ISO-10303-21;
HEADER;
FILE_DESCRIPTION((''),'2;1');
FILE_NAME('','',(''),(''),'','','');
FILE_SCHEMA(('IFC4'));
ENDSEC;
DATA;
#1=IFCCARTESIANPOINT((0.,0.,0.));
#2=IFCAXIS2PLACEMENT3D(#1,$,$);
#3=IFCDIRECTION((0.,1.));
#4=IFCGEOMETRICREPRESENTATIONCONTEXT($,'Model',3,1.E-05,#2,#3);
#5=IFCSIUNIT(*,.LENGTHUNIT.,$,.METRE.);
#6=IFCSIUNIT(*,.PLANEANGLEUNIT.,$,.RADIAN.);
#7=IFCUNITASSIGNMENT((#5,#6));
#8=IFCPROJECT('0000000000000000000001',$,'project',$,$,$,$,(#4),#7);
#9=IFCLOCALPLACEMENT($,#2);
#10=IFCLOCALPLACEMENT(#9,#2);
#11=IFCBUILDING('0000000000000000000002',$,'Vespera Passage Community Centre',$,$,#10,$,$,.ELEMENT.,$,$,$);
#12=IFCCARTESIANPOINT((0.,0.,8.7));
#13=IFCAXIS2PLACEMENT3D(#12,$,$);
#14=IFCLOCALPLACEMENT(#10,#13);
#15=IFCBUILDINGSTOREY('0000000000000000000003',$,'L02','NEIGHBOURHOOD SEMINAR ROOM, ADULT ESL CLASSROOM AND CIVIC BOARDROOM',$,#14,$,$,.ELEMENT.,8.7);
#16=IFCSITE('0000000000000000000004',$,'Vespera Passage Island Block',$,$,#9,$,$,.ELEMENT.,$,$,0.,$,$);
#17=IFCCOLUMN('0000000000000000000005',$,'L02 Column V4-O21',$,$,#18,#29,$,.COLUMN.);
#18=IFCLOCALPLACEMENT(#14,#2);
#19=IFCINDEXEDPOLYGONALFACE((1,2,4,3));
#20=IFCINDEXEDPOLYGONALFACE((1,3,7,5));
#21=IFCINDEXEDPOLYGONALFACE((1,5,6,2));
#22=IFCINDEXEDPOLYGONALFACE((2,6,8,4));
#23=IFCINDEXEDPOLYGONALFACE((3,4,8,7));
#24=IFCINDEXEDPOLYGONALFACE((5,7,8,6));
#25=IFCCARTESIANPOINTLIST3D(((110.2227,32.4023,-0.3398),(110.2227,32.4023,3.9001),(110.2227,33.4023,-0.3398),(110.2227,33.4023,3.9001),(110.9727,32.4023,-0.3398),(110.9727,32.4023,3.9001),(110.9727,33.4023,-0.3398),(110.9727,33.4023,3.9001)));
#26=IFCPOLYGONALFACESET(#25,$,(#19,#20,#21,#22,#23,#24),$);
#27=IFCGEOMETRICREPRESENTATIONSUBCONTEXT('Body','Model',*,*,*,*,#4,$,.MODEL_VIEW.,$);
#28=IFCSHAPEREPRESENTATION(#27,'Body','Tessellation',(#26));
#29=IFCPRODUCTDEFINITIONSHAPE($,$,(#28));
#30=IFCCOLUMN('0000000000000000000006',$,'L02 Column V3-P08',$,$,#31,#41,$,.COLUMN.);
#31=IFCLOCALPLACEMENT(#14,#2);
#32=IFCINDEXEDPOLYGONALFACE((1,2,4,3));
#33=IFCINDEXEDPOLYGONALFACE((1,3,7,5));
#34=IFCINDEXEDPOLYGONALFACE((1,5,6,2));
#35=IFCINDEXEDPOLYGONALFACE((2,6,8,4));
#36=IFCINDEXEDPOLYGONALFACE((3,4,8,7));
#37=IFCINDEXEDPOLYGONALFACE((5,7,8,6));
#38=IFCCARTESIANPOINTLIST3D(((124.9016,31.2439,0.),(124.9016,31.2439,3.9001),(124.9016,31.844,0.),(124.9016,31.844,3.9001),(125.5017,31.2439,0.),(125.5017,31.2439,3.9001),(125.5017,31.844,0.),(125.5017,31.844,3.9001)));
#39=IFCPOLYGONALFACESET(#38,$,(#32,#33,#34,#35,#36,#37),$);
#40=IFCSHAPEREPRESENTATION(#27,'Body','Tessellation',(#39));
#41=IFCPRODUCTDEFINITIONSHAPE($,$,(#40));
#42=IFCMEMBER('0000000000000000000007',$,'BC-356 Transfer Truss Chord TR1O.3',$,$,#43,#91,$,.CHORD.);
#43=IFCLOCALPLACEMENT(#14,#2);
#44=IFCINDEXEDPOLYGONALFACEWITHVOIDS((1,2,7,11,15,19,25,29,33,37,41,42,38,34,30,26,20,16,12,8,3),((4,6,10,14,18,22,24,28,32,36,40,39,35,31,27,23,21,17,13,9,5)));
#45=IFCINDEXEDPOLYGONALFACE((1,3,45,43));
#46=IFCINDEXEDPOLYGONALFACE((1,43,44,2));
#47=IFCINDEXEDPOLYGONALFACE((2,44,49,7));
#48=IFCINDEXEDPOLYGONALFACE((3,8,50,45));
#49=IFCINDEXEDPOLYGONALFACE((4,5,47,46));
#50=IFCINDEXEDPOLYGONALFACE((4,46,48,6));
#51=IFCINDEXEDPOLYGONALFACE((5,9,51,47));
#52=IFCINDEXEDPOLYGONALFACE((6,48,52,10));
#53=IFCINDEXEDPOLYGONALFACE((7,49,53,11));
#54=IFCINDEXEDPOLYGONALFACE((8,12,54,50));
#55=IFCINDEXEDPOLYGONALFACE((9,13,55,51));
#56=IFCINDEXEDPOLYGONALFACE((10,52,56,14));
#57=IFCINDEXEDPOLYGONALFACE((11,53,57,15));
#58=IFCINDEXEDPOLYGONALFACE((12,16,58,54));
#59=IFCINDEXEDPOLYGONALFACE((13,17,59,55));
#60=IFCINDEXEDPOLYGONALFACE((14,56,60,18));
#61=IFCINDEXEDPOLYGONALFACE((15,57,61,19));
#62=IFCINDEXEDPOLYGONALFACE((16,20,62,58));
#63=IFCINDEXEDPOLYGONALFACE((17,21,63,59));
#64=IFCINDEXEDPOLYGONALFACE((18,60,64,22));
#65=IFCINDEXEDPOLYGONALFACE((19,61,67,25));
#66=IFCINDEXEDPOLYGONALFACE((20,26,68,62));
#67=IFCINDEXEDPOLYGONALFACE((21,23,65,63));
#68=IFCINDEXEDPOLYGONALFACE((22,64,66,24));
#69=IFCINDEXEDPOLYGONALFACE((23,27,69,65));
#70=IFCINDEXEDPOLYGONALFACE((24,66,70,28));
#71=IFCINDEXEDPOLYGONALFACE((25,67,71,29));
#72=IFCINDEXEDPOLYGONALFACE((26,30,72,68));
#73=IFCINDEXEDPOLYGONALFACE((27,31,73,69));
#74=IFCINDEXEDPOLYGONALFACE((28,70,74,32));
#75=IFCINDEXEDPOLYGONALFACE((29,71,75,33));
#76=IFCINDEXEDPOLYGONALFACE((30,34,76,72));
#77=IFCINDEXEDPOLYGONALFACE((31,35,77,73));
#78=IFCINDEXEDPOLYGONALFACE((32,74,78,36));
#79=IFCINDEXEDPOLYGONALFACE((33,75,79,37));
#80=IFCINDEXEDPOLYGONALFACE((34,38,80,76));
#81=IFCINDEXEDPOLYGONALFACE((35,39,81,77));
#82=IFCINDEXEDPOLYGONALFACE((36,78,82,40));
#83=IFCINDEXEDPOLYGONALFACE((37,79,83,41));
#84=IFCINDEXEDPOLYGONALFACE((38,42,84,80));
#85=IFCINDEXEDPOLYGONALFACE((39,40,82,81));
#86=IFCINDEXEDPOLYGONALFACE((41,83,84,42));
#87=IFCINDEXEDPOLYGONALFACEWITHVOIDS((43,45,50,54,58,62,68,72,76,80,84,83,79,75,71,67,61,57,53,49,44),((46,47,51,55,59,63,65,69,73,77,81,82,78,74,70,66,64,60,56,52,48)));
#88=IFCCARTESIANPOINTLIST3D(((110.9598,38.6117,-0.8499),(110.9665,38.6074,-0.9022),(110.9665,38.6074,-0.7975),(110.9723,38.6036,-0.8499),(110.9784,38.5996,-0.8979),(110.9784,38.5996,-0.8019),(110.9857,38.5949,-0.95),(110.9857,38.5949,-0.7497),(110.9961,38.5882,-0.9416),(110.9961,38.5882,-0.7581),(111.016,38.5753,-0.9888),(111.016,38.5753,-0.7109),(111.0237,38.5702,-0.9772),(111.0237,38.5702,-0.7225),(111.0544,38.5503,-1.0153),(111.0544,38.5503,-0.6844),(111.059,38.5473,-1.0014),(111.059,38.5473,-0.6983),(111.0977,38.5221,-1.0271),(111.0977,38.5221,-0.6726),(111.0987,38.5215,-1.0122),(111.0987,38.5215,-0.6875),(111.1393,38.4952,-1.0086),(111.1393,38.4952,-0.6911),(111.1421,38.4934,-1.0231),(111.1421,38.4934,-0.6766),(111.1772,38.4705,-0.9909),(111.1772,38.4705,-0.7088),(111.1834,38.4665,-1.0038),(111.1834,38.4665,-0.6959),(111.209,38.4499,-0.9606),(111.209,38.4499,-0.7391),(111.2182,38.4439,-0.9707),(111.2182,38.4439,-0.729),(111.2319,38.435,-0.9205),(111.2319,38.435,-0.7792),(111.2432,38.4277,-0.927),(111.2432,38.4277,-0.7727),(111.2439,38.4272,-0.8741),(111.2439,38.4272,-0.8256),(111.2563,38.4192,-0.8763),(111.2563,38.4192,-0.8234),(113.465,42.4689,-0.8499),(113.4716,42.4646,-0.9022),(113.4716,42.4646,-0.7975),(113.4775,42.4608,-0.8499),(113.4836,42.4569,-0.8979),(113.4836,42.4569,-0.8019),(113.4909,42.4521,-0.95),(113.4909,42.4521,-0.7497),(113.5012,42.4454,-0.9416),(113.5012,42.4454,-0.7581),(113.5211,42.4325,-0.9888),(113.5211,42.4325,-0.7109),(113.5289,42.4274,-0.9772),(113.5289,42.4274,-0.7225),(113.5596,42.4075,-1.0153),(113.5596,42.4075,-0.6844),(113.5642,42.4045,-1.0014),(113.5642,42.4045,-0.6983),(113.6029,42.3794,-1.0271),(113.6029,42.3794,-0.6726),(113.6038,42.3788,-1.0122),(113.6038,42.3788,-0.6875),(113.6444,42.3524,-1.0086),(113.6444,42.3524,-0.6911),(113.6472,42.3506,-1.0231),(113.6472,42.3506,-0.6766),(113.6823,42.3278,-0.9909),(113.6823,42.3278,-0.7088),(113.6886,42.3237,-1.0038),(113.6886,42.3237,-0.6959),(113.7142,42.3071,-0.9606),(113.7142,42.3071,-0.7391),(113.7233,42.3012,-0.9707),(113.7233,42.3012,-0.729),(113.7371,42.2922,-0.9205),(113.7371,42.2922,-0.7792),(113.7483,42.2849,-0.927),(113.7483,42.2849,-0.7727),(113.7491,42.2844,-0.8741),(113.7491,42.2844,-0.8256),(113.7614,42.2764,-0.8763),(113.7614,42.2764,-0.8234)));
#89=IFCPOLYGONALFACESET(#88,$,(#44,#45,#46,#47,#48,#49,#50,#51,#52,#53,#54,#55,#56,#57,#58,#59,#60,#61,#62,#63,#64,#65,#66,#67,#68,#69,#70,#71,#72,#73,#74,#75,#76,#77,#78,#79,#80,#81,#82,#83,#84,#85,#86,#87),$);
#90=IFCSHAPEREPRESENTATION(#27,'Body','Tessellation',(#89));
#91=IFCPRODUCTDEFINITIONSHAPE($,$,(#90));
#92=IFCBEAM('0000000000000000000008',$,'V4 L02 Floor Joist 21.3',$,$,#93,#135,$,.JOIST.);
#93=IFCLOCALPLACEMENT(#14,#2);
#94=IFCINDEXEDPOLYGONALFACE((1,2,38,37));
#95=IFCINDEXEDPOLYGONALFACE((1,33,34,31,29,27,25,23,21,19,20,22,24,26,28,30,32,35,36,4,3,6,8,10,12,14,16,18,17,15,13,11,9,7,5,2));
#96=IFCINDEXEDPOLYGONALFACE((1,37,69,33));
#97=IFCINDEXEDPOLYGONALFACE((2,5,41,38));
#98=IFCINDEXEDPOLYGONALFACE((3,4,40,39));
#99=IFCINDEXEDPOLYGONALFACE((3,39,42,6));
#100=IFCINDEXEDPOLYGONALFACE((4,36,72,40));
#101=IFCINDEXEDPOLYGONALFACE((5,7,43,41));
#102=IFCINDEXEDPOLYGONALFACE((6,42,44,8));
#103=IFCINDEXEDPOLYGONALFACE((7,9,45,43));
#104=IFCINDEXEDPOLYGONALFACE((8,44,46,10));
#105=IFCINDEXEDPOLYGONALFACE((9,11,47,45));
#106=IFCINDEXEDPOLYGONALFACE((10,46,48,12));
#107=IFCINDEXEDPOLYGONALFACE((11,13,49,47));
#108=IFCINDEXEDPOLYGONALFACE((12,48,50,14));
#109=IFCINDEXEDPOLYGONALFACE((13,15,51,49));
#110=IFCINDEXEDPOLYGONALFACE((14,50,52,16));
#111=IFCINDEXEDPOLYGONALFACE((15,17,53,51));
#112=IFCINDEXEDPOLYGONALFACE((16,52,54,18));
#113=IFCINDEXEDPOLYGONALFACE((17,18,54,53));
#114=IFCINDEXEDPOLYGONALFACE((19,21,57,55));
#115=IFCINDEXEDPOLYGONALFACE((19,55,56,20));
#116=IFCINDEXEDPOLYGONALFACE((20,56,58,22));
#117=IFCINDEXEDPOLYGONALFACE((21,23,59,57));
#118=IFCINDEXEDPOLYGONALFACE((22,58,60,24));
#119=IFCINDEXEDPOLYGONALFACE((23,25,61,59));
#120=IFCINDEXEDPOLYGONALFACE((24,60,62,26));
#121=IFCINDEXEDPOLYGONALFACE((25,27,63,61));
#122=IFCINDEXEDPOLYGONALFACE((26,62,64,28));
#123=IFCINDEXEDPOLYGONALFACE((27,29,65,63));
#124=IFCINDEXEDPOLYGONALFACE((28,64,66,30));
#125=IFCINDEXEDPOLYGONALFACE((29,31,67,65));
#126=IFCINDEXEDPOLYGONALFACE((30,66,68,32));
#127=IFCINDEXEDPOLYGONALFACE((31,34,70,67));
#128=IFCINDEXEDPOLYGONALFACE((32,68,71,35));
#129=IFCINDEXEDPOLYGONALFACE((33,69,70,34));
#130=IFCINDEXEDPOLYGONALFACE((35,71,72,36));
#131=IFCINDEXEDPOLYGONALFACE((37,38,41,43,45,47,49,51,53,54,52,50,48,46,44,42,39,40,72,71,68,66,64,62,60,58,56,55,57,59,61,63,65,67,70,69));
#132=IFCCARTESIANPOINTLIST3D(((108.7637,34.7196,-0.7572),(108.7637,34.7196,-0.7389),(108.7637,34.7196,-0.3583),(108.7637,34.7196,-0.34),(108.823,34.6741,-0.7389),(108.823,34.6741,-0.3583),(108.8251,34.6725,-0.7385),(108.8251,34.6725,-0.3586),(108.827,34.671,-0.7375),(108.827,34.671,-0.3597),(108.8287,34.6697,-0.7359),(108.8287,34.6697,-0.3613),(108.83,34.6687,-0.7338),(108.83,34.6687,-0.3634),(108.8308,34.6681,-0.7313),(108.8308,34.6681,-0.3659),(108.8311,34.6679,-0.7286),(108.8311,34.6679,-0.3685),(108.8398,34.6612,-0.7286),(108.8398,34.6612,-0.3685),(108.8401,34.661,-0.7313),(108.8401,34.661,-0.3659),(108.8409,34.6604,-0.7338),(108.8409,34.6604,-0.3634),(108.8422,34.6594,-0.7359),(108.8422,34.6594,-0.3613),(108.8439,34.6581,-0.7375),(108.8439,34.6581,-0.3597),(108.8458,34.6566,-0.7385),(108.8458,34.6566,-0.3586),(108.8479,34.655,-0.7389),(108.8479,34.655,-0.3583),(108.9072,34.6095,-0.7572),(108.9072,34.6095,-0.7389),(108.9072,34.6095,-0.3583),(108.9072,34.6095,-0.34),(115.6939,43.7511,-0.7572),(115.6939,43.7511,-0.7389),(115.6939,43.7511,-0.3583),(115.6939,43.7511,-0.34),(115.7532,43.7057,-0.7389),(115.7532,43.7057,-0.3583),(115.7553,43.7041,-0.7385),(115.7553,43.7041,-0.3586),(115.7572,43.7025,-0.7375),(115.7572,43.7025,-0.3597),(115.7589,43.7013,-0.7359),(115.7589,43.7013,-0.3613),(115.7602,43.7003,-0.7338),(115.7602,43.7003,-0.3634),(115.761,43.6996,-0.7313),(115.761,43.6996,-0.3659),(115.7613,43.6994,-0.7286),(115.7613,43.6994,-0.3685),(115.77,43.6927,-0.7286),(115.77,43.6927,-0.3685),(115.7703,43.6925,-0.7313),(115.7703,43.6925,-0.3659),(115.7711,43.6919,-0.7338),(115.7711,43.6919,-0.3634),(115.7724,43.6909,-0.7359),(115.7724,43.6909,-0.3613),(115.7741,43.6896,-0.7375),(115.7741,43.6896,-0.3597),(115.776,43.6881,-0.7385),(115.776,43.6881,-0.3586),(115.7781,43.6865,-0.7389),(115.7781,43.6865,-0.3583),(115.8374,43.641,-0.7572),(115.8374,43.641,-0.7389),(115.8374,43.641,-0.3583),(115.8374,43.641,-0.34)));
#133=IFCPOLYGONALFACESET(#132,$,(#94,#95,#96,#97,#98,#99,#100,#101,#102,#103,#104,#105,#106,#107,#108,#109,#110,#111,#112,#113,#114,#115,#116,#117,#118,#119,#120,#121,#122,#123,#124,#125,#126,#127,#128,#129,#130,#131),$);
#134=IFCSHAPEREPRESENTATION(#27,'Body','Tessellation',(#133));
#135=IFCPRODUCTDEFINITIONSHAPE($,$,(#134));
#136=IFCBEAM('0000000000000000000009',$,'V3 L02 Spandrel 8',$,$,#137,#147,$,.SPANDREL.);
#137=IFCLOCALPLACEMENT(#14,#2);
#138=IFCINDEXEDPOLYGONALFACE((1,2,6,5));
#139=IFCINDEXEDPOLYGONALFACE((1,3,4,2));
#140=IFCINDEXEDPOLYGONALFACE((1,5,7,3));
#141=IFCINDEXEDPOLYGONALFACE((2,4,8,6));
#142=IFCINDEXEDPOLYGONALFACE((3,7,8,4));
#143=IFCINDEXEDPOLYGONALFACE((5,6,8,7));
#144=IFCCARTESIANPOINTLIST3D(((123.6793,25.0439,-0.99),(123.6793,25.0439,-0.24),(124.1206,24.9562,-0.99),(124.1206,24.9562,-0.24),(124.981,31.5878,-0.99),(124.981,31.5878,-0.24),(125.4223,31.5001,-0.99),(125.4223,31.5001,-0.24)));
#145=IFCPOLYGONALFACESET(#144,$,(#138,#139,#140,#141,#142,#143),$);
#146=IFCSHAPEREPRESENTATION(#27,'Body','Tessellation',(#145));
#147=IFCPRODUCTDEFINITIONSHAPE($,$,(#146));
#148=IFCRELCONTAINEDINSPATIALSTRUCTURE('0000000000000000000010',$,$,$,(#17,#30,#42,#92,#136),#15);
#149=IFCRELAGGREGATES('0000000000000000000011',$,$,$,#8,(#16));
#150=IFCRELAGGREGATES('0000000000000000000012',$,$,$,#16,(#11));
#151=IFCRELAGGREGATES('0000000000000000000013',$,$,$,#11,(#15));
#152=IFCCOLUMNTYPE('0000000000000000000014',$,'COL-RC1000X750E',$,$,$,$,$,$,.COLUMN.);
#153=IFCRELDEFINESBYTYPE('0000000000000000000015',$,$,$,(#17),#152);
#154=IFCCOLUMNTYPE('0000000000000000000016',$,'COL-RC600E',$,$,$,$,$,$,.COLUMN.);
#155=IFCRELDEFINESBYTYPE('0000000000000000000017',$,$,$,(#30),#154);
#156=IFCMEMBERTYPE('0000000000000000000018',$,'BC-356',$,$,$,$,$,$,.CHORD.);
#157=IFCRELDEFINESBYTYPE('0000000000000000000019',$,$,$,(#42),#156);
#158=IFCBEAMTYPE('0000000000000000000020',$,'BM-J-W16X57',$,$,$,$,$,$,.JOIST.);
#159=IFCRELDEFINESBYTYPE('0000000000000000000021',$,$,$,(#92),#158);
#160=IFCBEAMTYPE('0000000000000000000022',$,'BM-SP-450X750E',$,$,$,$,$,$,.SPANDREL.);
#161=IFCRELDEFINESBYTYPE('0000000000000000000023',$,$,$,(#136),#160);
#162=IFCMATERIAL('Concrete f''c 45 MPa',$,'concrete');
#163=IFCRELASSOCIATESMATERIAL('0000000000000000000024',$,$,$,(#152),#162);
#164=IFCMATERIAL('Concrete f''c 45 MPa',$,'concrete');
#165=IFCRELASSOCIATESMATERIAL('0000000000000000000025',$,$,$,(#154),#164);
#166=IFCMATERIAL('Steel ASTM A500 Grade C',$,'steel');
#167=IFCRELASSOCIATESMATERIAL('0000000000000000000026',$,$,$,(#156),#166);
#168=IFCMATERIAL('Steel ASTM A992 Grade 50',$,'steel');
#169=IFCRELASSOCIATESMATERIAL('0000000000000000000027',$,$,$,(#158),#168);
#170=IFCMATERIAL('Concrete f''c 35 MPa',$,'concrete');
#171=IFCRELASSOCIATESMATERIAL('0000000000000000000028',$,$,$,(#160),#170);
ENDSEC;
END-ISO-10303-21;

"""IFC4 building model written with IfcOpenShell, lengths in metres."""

from ifc_helpers import new_model, si_unit, direction, frame, origin, origin_2d, place, context, subcontext, project, spatial, rectangle, hollow_circle, i_section, extrude, material, material_profile, profile_set, type_object, element, save


model = new_model("IFC4")

# Units and contexts
model_context = context("Model", 3, precision=1e-05, world=origin(), true_north=direction((0.0, 1.0)))
body_context = subcontext(model_context, "Body", "Model", "MODEL_VIEW")
ifc_project = project(units=[si_unit("LENGTHUNIT", "METRE"), si_unit("PLANEANGLEUNIT", "RADIAN")], contexts=[model_context])

# Site, building, storey
site_placement = place(None, origin())
site = spatial("IfcSite", under=ifc_project, at=site_placement, Name="Vespera Passage Island Block", CompositionType="ELEMENT", RefElevation=0.0)
building_placement = place(site_placement, origin())
building = spatial("IfcBuilding", under=site, at=building_placement, Name="Vespera Passage Community Centre", CompositionType="ELEMENT")
storey_placement = place(building_placement, frame((0.0, 0.0, 8.7)))
storey = spatial("IfcBuildingStorey", under=building, at=storey_placement, Name="L02", Description="NEIGHBOURHOOD SEMINAR ROOM, ADULT ESL CLASSROOM AND CIVIC BOARDROOM", CompositionType="ELEMENT", Elevation=8.7)

# Columns
ifc_material_1 = material(Name="Concrete f'c 45 MPa", Category="concrete")
ifc_material_profile_1 = material_profile(ifc_material_1, rectangle(XDim=0.75, YDim=1.0, at=origin_2d()), Name="RC1000X750")
ifc_profile_set_1 = profile_set([ifc_material_profile_1], Name="Concrete f'c 45 MPa")
column_type_1 = type_object("IfcColumnType", Name="COL-RC1000X750E", PredefinedType="COLUMN", material=ifc_profile_set_1)
column_1_placement = place(storey_placement, frame((110.5977, 32.9023, -0.3398), z_axis=(0.0, 0.0, 1.0), x_axis=(1.0, 0.0, 0.0)))
element("IfcColumn", 1, at=column_1_placement, inside=storey, type_object=column_type_1, Name="L02 Column V4-O21", PredefinedType="COLUMN", context=body_context, shape_type="SweptSolid", body=[
    extrude(rectangle(XDim=0.75, YDim=1.0, at=origin_2d()), origin(), (0.0, 0.0, 1.0), 4.24),
])
ifc_material_2 = material(Name="Concrete f'c 45 MPa", Category="concrete")
ifc_material_profile_2 = material_profile(ifc_material_2, rectangle(XDim=0.6001, YDim=0.6001, at=origin_2d()), Name="RC600X600")
ifc_profile_set_2 = profile_set([ifc_material_profile_2], Name="Concrete f'c 45 MPa")
column_type_2 = type_object("IfcColumnType", Name="COL-RC600E", PredefinedType="COLUMN", material=ifc_profile_set_2)
column_2_placement = place(storey_placement, frame((125.2017, 31.5439, 0.0), z_axis=(0.0, 0.0, 1.0), x_axis=(1.0, 0.0, 0.0)))
element("IfcColumn", 2, at=column_2_placement, inside=storey, type_object=column_type_2, Name="L02 Column V3-P08", PredefinedType="COLUMN", context=body_context, shape_type="SweptSolid", body=[
    extrude(rectangle(XDim=0.6001, YDim=0.6001, at=origin_2d()), origin(), (0.0, 0.0, 1.0), 3.9001),
])

# Member
ifc_material_3 = material(Name="Steel ASTM A500 Grade C", Category="steel")
ifc_material_profile_3 = material_profile(ifc_material_3, hollow_circle(Radius=0.1777, WallThickness=0.0149, at=origin_2d()), Name="CHS356X15.9")
ifc_profile_set_3 = profile_set([ifc_material_profile_3], Name="Steel ASTM A500 Grade C")
member_type_1 = type_object("IfcMemberType", Name="BC-356", PredefinedType="CHORD", material=ifc_profile_set_3)
member_1_placement = place(storey_placement, frame((111.1089, 38.5149, -0.8499), z_axis=(0.544677, 0.838646, 0.0), x_axis=(-0.838646, 0.544677, 0.0)))
element("IfcMember", 3, at=member_1_placement, inside=storey, type_object=member_type_1, Name="BC-356 Transfer Truss Chord TR1O.3", PredefinedType="CHORD", context=body_context, shape_type="SweptSolid", body=[
    extrude(hollow_circle(Radius=0.1777, WallThickness=0.0149, at=origin_2d()), origin(), (0.0, 0.0, 1.0), 4.5994),
])

# Beams
ifc_material_4 = material(Name="Steel ASTM A992 Grade 50", Category="steel")
ifc_material_profile_4 = material_profile(ifc_material_4, i_section(OverallWidth=0.1809, OverallDepth=0.4172, WebThickness=0.011, FlangeThickness=0.0183, FilletRadius=0.0103, at=origin_2d()), Name="W16X57")
ifc_profile_set_4 = profile_set([ifc_material_profile_4], Name="Steel ASTM A992 Grade 50")
beam_type_1 = type_object("IfcBeamType", Name="BM-J-W16X57", PredefinedType="JOIST", material=ifc_profile_set_4)
beam_1_placement = place(storey_placement, frame((108.8354, 34.6646, -0.5486), z_axis=(0.608765, 0.793351, 0.0), x_axis=(-0.793351, 0.608765, 0.0)))
element("IfcBeam", 4, at=beam_1_placement, inside=storey, type_object=beam_type_1, Name="V4 L02 Floor Joist 21.3", PredefinedType="JOIST", context=body_context, shape_type="SweptSolid", body=[
    extrude(i_section(OverallWidth=0.1809, OverallDepth=0.4172, WebThickness=0.011, FlangeThickness=0.0183, FilletRadius=0.0103, at=origin_2d()), origin(), (0.0, 0.0, 1.0), 11.384),
])
ifc_material_5 = material(Name="Concrete f'c 35 MPa", Category="concrete")
ifc_material_profile_5 = material_profile(ifc_material_5, rectangle(XDim=0.45, YDim=0.75, at=origin_2d()), Name="RC450X750")
ifc_profile_set_5 = profile_set([ifc_material_profile_5], Name="Concrete f'c 35 MPa")
beam_type_2 = type_object("IfcBeamType", Name="BM-SP-450X750E", PredefinedType="SPANDREL", material=ifc_profile_set_5)
beam_2_placement = place(storey_placement, frame((125.2017, 31.5439, -0.615), z_axis=(-0.195103, -0.980783, 0.0), x_axis=(0.980783, -0.195103, 0.0)))
element("IfcBeam", 5, at=beam_2_placement, inside=storey, type_object=beam_type_2, Name="V3 L02 Spandrel 8", PredefinedType="SPANDREL", context=body_context, shape_type="SweptSolid", body=[
    extrude(rectangle(XDim=0.45, YDim=0.75, at=origin_2d()), origin(), (0.0, 0.0, 1.0), 6.6721),
])

save(model, "model.ifc")
